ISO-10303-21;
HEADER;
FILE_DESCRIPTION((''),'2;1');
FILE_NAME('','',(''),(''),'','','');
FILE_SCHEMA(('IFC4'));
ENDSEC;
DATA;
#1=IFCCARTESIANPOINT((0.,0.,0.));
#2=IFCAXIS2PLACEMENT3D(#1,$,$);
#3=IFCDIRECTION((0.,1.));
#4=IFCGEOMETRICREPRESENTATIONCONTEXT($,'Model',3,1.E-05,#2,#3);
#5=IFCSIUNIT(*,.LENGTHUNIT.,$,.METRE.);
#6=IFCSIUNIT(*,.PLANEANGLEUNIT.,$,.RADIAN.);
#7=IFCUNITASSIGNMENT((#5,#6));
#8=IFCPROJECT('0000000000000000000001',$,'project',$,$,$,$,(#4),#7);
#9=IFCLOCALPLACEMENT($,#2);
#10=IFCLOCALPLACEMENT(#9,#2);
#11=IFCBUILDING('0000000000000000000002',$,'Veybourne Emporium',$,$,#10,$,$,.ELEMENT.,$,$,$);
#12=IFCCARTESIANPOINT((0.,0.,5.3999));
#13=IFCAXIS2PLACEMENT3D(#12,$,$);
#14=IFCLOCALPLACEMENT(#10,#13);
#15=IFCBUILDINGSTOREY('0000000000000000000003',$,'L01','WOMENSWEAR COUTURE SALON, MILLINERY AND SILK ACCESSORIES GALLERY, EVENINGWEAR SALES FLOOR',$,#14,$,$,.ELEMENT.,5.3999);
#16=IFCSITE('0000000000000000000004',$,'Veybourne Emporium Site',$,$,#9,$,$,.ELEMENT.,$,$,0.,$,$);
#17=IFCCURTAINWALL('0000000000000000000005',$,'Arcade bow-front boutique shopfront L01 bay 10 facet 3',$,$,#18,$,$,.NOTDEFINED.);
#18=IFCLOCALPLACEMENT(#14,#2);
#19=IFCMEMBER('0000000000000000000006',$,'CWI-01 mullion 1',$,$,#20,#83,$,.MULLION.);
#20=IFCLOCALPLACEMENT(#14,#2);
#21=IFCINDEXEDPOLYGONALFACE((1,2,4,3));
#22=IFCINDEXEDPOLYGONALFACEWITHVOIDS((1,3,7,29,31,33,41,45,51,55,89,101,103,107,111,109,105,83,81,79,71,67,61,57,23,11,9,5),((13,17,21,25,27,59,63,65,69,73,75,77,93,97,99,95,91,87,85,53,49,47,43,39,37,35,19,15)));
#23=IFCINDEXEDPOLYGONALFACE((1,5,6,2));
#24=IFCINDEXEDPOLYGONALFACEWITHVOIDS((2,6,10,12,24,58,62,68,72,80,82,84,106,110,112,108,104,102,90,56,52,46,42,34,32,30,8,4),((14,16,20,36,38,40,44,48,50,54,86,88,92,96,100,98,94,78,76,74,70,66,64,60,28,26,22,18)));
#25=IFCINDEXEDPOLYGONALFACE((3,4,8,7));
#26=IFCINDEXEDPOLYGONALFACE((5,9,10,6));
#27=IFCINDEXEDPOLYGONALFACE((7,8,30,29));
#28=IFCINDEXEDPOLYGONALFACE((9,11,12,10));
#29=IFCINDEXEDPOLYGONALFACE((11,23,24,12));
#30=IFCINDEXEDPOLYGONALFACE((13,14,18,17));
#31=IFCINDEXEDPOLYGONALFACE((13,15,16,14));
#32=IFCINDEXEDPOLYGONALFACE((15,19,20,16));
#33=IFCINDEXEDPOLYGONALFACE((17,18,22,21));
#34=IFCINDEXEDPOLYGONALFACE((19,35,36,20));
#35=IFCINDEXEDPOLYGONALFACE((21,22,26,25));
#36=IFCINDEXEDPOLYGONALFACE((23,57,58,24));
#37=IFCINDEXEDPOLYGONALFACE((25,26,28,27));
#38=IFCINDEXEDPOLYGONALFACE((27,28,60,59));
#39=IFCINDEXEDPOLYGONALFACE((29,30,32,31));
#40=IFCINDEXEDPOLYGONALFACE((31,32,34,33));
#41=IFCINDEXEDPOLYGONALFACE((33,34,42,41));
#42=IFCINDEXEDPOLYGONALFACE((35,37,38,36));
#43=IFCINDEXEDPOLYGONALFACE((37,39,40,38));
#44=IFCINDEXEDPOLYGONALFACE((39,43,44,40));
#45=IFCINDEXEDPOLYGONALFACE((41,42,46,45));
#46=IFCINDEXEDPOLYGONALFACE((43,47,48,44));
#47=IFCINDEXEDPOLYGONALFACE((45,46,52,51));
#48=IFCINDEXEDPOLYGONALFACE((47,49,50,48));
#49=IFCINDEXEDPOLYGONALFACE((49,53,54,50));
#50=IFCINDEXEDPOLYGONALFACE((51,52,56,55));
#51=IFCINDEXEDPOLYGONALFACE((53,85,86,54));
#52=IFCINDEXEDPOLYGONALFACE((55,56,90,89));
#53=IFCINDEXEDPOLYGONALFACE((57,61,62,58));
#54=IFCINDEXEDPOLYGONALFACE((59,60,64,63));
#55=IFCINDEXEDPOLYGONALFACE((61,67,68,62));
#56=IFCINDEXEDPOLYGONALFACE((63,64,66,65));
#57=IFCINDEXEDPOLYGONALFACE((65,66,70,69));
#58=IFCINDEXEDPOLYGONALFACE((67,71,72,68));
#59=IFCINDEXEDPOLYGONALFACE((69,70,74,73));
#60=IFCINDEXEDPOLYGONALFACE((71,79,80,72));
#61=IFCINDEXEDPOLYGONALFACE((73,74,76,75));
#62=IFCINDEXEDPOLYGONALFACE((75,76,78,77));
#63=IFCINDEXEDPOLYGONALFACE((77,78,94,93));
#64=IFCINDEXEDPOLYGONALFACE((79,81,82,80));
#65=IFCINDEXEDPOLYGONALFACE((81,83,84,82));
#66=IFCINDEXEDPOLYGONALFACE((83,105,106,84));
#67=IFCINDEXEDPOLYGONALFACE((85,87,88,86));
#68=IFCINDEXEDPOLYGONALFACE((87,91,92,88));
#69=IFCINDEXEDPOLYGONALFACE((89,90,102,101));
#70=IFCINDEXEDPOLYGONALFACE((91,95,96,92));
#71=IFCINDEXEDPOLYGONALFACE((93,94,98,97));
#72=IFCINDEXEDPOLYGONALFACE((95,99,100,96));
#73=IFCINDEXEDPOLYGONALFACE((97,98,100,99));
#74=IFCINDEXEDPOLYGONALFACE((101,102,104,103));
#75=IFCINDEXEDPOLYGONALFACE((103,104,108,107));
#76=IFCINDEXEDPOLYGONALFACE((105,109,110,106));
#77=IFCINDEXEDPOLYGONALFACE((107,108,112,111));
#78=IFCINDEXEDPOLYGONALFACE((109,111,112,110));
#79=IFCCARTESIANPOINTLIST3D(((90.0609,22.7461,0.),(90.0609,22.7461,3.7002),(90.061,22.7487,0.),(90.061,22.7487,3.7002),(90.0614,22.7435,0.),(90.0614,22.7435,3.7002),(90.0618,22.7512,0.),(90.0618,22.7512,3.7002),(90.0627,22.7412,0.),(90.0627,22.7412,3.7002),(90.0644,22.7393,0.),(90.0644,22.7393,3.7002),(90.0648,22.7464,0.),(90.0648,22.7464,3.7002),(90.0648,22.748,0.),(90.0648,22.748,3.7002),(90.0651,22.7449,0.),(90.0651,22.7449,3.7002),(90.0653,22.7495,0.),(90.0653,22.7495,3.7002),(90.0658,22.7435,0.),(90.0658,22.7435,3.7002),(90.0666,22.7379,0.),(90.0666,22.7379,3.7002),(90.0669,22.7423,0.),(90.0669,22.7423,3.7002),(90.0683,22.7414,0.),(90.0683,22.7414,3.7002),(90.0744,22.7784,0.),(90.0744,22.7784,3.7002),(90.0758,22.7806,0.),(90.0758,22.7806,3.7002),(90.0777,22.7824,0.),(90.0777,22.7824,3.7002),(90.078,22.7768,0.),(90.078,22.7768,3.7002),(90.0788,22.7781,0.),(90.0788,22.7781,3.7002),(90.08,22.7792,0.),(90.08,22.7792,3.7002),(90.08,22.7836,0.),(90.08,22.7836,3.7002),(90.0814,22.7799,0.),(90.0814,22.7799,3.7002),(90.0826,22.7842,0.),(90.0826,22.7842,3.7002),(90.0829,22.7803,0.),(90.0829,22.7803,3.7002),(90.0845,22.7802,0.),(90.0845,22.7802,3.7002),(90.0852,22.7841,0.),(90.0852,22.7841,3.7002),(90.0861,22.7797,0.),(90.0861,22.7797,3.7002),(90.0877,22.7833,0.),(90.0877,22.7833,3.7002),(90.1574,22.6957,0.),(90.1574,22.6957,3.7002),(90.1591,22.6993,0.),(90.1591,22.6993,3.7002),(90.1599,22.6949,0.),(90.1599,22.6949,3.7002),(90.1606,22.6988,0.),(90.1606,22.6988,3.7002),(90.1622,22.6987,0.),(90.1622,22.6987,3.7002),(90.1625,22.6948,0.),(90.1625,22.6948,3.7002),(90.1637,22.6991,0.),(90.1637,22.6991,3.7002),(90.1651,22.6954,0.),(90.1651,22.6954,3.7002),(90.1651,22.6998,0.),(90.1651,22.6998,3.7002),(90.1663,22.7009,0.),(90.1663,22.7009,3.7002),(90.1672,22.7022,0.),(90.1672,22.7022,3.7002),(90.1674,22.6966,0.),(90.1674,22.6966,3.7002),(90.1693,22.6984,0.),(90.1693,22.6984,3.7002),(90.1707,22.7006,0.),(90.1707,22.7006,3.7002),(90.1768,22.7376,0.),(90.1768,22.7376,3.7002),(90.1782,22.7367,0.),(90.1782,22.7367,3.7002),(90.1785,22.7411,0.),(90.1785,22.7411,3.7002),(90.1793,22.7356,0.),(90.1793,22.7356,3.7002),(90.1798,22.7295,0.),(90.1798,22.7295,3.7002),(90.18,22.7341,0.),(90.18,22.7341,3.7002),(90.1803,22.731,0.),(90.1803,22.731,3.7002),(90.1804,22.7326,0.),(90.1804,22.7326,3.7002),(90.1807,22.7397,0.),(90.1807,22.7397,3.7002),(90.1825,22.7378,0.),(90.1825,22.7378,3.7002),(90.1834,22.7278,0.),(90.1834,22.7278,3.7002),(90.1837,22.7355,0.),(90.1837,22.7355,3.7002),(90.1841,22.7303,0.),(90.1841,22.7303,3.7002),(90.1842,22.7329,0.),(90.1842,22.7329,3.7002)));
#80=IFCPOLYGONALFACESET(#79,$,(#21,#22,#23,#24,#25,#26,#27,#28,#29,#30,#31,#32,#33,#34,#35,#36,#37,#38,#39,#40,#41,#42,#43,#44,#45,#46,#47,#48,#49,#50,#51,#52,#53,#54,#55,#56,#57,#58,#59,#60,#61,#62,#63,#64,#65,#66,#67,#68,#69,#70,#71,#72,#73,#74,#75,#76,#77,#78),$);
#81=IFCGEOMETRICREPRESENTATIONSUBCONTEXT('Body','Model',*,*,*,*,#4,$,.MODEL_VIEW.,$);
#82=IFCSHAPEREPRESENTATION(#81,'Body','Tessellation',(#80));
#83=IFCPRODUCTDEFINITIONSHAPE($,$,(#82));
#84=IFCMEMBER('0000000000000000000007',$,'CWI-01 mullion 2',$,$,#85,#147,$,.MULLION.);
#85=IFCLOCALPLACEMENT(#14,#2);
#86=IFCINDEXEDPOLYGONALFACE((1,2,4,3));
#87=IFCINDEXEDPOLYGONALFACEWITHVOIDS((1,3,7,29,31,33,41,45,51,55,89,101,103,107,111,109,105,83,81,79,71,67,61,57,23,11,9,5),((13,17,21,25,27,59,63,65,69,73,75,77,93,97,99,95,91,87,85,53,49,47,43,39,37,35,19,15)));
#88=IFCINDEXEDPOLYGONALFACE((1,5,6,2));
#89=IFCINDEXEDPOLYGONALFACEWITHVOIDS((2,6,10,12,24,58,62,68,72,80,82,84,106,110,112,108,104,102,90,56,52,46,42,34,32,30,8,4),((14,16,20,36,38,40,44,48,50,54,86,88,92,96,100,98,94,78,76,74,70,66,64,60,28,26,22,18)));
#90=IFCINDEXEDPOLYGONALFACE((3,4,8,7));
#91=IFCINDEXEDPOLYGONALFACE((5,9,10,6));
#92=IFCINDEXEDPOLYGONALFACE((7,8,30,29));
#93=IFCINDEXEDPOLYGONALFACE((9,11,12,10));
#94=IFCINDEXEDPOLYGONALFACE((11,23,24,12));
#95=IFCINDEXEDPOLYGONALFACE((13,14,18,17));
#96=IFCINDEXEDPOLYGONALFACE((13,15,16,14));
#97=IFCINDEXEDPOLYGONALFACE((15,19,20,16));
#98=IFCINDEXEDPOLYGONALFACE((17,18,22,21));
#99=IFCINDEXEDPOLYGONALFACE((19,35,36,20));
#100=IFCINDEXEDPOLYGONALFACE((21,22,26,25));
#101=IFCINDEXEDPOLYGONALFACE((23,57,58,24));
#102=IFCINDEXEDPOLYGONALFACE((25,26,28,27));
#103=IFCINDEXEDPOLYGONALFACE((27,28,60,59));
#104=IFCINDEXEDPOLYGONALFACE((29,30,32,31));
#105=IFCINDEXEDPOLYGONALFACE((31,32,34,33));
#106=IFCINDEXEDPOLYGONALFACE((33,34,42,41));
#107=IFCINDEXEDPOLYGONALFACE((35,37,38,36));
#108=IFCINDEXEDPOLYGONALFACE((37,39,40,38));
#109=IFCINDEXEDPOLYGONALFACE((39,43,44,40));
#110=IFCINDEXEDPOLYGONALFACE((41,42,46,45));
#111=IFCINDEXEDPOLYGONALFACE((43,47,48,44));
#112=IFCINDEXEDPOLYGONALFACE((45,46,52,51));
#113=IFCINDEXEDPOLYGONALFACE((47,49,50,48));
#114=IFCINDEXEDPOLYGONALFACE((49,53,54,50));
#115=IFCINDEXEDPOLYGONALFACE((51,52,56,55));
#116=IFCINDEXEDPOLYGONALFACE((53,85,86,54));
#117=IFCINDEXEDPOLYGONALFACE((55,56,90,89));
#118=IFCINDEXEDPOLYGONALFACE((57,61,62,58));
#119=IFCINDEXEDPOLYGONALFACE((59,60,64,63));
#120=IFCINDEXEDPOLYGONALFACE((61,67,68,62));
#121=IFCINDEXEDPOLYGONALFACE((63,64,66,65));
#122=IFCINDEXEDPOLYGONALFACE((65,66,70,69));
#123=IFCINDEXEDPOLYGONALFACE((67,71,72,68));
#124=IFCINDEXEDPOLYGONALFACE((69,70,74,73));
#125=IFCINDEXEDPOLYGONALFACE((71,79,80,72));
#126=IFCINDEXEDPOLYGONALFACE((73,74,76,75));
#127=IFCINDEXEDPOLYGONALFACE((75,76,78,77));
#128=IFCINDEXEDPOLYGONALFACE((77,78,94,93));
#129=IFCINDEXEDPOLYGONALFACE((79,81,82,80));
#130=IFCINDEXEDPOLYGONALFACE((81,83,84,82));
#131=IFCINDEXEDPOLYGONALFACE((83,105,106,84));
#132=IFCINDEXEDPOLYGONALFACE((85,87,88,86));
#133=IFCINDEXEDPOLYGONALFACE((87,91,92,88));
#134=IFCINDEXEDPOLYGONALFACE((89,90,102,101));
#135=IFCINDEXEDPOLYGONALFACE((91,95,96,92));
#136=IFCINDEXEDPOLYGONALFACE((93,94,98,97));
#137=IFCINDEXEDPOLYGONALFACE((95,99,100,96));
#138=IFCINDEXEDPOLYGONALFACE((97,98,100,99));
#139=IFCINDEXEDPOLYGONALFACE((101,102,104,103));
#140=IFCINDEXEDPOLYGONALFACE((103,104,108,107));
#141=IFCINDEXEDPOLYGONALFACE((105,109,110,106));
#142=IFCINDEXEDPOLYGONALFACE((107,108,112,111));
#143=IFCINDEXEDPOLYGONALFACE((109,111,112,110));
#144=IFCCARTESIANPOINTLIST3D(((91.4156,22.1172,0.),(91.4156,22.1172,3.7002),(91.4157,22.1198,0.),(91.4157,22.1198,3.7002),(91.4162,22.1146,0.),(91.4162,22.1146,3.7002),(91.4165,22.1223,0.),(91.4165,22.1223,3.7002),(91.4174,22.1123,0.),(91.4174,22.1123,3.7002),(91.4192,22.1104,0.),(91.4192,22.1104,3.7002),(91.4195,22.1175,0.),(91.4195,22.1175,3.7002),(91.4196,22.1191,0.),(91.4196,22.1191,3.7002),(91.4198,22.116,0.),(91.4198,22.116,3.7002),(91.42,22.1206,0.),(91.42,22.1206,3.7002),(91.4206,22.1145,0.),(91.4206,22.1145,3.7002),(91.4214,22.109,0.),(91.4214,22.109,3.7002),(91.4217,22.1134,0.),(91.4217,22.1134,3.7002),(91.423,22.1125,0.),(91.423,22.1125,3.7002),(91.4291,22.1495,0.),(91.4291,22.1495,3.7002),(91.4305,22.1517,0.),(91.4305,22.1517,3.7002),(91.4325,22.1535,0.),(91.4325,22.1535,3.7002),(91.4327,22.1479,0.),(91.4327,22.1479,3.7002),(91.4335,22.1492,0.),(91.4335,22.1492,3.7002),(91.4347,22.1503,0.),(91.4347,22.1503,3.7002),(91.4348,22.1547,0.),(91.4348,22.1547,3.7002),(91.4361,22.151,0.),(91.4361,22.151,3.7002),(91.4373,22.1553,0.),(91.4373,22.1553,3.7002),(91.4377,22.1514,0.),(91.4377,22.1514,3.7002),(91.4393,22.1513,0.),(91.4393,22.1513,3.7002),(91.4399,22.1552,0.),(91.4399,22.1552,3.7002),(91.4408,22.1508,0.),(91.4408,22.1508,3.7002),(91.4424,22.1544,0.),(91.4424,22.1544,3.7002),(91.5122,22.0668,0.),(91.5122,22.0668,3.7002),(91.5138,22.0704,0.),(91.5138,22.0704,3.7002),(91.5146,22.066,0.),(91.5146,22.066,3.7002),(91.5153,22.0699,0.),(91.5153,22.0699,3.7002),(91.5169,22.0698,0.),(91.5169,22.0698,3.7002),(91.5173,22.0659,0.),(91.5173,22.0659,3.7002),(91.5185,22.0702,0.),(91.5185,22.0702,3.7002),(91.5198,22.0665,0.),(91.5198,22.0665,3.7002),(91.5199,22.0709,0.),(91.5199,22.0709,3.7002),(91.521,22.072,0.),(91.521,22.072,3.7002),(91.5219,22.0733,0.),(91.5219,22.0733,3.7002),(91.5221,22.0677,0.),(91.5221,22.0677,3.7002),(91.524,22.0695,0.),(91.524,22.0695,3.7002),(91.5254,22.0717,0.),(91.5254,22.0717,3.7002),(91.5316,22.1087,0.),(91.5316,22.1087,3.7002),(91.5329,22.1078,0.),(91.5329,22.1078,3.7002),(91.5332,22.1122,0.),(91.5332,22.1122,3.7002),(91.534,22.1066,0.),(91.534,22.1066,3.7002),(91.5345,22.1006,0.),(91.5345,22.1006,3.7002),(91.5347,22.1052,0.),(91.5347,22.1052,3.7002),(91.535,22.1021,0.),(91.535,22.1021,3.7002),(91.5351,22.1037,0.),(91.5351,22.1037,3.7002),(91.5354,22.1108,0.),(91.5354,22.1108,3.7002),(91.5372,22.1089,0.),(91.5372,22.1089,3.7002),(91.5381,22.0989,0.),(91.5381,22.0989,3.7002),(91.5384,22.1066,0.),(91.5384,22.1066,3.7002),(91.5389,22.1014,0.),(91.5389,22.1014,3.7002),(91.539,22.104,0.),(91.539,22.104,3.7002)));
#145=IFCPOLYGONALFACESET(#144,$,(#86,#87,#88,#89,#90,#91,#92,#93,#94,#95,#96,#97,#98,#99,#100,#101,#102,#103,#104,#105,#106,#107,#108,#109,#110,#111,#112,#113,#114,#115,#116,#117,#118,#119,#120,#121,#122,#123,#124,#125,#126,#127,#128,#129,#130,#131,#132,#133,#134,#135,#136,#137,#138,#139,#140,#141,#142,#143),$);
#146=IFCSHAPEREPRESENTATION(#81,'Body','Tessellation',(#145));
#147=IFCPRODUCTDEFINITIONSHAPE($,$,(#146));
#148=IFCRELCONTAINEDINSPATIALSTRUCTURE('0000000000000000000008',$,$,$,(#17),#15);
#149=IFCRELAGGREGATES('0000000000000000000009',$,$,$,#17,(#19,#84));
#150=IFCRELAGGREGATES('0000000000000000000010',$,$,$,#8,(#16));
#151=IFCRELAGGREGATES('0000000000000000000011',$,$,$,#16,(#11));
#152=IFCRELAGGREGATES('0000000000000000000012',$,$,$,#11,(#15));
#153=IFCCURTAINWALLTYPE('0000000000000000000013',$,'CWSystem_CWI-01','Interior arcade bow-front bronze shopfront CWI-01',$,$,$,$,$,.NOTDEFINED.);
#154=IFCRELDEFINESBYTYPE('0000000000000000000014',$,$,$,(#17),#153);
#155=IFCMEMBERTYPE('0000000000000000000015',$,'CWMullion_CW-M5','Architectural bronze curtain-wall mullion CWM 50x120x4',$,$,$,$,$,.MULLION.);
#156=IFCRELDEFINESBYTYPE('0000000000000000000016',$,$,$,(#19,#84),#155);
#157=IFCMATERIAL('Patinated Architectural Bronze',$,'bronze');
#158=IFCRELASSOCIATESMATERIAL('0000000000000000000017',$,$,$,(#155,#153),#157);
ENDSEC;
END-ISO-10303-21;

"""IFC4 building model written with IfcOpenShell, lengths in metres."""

from ifc_helpers import new_model, si_unit, direction, frame, origin, origin_2d, place, context, subcontext, project, spatial, hollow_rectangle, extrude, material, material_profile, profile_set, type_object, element, aggregate, save


model = new_model("IFC4")

# Units and contexts
model_context = context("Model", 3, precision=1e-05, world=origin(), true_north=direction((0.0, 1.0)))
body_context = subcontext(model_context, "Body", "Model", "MODEL_VIEW")
ifc_project = project(units=[si_unit("LENGTHUNIT", "METRE"), si_unit("PLANEANGLEUNIT", "RADIAN")], contexts=[model_context])

# Site, building, storey
site_placement = place(None, origin())
site = spatial("IfcSite", under=ifc_project, at=site_placement, Name="Veybourne Emporium Site", CompositionType="ELEMENT", RefElevation=0.0)
building_placement = place(site_placement, origin())
building = spatial("IfcBuilding", under=site, at=building_placement, Name="Veybourne Emporium", CompositionType="ELEMENT")
storey_placement = place(building_placement, frame((0.0, 0.0, 5.3999)))
storey = spatial("IfcBuildingStorey", under=building, at=storey_placement, Name="L01", Description="WOMENSWEAR COUTURE SALON, MILLINERY AND SILK ACCESSORIES GALLERY, EVENINGWEAR SALES FLOOR", CompositionType="ELEMENT", Elevation=5.3999)

# Curtain wall, members
ifc_material_1 = material(Name="Patinated Architectural Bronze", Category="bronze")
ifc_material_profile_1 = material_profile(ifc_material_1, hollow_rectangle(XDim=0.05, YDim=0.1201, WallThickness=0.0039, InnerFilletRadius=0.0061, OuterFilletRadius=0.01, at=origin_2d()), Name="CWM 50x120x4")
ifc_profile_set_1 = profile_set([ifc_material_profile_1], Name="Patinated Architectural Bronze")
member_type_1 = type_object("IfcMemberType", Name="CWMullion_CW-M5", Description="Architectural bronze curtain-wall mullion CWM 50x120x4", PredefinedType="MULLION", material=ifc_profile_set_1)
curtain_wall_type_1 = type_object("IfcCurtainWallType", Name="CWSystem_CWI-01", Description="Interior arcade bow-front bronze shopfront CWI-01", PredefinedType="NOTDEFINED", material=ifc_material_1)
curtain_wall_1_placement = place(storey_placement, origin())
curtain_wall_1 = element("IfcCurtainWall", 1, at=curtain_wall_1_placement, inside=storey, type_object=curtain_wall_type_1, Name="Arcade bow-front boutique shopfront L01 bay 10 facet 3", PredefinedType="NOTDEFINED")
member_1_placement = place(storey_placement, frame((90.1226, 22.7395, 0.0), z_axis=(0.0, 0.0, 1.0), x_axis=(0.421111, 0.907009, 0.0)))
member_1 = element("IfcMember", 2, at=member_1_placement, type_object=member_type_1, Name="CWI-01 mullion 1", PredefinedType="MULLION", context=body_context, shape_type="SweptSolid", body=[
    extrude(hollow_rectangle(XDim=0.05, YDim=0.1201, WallThickness=0.0039, InnerFilletRadius=0.0061, OuterFilletRadius=0.01, at=origin_2d()), origin(), (0.0, 0.0, 1.0), 3.7002),
])
member_2_placement = place(storey_placement, frame((91.4773, 22.1106, 0.0), z_axis=(0.0, 0.0, 1.0), x_axis=(0.421111, 0.907009, 0.0)))
member_2 = element("IfcMember", 3, at=member_2_placement, type_object=member_type_1, Name="CWI-01 mullion 2", PredefinedType="MULLION", context=body_context, shape_type="SweptSolid", body=[
    extrude(hollow_rectangle(XDim=0.05, YDim=0.1201, WallThickness=0.0039, InnerFilletRadius=0.0061, OuterFilletRadius=0.01, at=origin_2d()), origin(), (0.0, 0.0, 1.0), 3.7002),
])

aggregate(curtain_wall_1, [member_1, member_2])

save(model, "model.ifc")
